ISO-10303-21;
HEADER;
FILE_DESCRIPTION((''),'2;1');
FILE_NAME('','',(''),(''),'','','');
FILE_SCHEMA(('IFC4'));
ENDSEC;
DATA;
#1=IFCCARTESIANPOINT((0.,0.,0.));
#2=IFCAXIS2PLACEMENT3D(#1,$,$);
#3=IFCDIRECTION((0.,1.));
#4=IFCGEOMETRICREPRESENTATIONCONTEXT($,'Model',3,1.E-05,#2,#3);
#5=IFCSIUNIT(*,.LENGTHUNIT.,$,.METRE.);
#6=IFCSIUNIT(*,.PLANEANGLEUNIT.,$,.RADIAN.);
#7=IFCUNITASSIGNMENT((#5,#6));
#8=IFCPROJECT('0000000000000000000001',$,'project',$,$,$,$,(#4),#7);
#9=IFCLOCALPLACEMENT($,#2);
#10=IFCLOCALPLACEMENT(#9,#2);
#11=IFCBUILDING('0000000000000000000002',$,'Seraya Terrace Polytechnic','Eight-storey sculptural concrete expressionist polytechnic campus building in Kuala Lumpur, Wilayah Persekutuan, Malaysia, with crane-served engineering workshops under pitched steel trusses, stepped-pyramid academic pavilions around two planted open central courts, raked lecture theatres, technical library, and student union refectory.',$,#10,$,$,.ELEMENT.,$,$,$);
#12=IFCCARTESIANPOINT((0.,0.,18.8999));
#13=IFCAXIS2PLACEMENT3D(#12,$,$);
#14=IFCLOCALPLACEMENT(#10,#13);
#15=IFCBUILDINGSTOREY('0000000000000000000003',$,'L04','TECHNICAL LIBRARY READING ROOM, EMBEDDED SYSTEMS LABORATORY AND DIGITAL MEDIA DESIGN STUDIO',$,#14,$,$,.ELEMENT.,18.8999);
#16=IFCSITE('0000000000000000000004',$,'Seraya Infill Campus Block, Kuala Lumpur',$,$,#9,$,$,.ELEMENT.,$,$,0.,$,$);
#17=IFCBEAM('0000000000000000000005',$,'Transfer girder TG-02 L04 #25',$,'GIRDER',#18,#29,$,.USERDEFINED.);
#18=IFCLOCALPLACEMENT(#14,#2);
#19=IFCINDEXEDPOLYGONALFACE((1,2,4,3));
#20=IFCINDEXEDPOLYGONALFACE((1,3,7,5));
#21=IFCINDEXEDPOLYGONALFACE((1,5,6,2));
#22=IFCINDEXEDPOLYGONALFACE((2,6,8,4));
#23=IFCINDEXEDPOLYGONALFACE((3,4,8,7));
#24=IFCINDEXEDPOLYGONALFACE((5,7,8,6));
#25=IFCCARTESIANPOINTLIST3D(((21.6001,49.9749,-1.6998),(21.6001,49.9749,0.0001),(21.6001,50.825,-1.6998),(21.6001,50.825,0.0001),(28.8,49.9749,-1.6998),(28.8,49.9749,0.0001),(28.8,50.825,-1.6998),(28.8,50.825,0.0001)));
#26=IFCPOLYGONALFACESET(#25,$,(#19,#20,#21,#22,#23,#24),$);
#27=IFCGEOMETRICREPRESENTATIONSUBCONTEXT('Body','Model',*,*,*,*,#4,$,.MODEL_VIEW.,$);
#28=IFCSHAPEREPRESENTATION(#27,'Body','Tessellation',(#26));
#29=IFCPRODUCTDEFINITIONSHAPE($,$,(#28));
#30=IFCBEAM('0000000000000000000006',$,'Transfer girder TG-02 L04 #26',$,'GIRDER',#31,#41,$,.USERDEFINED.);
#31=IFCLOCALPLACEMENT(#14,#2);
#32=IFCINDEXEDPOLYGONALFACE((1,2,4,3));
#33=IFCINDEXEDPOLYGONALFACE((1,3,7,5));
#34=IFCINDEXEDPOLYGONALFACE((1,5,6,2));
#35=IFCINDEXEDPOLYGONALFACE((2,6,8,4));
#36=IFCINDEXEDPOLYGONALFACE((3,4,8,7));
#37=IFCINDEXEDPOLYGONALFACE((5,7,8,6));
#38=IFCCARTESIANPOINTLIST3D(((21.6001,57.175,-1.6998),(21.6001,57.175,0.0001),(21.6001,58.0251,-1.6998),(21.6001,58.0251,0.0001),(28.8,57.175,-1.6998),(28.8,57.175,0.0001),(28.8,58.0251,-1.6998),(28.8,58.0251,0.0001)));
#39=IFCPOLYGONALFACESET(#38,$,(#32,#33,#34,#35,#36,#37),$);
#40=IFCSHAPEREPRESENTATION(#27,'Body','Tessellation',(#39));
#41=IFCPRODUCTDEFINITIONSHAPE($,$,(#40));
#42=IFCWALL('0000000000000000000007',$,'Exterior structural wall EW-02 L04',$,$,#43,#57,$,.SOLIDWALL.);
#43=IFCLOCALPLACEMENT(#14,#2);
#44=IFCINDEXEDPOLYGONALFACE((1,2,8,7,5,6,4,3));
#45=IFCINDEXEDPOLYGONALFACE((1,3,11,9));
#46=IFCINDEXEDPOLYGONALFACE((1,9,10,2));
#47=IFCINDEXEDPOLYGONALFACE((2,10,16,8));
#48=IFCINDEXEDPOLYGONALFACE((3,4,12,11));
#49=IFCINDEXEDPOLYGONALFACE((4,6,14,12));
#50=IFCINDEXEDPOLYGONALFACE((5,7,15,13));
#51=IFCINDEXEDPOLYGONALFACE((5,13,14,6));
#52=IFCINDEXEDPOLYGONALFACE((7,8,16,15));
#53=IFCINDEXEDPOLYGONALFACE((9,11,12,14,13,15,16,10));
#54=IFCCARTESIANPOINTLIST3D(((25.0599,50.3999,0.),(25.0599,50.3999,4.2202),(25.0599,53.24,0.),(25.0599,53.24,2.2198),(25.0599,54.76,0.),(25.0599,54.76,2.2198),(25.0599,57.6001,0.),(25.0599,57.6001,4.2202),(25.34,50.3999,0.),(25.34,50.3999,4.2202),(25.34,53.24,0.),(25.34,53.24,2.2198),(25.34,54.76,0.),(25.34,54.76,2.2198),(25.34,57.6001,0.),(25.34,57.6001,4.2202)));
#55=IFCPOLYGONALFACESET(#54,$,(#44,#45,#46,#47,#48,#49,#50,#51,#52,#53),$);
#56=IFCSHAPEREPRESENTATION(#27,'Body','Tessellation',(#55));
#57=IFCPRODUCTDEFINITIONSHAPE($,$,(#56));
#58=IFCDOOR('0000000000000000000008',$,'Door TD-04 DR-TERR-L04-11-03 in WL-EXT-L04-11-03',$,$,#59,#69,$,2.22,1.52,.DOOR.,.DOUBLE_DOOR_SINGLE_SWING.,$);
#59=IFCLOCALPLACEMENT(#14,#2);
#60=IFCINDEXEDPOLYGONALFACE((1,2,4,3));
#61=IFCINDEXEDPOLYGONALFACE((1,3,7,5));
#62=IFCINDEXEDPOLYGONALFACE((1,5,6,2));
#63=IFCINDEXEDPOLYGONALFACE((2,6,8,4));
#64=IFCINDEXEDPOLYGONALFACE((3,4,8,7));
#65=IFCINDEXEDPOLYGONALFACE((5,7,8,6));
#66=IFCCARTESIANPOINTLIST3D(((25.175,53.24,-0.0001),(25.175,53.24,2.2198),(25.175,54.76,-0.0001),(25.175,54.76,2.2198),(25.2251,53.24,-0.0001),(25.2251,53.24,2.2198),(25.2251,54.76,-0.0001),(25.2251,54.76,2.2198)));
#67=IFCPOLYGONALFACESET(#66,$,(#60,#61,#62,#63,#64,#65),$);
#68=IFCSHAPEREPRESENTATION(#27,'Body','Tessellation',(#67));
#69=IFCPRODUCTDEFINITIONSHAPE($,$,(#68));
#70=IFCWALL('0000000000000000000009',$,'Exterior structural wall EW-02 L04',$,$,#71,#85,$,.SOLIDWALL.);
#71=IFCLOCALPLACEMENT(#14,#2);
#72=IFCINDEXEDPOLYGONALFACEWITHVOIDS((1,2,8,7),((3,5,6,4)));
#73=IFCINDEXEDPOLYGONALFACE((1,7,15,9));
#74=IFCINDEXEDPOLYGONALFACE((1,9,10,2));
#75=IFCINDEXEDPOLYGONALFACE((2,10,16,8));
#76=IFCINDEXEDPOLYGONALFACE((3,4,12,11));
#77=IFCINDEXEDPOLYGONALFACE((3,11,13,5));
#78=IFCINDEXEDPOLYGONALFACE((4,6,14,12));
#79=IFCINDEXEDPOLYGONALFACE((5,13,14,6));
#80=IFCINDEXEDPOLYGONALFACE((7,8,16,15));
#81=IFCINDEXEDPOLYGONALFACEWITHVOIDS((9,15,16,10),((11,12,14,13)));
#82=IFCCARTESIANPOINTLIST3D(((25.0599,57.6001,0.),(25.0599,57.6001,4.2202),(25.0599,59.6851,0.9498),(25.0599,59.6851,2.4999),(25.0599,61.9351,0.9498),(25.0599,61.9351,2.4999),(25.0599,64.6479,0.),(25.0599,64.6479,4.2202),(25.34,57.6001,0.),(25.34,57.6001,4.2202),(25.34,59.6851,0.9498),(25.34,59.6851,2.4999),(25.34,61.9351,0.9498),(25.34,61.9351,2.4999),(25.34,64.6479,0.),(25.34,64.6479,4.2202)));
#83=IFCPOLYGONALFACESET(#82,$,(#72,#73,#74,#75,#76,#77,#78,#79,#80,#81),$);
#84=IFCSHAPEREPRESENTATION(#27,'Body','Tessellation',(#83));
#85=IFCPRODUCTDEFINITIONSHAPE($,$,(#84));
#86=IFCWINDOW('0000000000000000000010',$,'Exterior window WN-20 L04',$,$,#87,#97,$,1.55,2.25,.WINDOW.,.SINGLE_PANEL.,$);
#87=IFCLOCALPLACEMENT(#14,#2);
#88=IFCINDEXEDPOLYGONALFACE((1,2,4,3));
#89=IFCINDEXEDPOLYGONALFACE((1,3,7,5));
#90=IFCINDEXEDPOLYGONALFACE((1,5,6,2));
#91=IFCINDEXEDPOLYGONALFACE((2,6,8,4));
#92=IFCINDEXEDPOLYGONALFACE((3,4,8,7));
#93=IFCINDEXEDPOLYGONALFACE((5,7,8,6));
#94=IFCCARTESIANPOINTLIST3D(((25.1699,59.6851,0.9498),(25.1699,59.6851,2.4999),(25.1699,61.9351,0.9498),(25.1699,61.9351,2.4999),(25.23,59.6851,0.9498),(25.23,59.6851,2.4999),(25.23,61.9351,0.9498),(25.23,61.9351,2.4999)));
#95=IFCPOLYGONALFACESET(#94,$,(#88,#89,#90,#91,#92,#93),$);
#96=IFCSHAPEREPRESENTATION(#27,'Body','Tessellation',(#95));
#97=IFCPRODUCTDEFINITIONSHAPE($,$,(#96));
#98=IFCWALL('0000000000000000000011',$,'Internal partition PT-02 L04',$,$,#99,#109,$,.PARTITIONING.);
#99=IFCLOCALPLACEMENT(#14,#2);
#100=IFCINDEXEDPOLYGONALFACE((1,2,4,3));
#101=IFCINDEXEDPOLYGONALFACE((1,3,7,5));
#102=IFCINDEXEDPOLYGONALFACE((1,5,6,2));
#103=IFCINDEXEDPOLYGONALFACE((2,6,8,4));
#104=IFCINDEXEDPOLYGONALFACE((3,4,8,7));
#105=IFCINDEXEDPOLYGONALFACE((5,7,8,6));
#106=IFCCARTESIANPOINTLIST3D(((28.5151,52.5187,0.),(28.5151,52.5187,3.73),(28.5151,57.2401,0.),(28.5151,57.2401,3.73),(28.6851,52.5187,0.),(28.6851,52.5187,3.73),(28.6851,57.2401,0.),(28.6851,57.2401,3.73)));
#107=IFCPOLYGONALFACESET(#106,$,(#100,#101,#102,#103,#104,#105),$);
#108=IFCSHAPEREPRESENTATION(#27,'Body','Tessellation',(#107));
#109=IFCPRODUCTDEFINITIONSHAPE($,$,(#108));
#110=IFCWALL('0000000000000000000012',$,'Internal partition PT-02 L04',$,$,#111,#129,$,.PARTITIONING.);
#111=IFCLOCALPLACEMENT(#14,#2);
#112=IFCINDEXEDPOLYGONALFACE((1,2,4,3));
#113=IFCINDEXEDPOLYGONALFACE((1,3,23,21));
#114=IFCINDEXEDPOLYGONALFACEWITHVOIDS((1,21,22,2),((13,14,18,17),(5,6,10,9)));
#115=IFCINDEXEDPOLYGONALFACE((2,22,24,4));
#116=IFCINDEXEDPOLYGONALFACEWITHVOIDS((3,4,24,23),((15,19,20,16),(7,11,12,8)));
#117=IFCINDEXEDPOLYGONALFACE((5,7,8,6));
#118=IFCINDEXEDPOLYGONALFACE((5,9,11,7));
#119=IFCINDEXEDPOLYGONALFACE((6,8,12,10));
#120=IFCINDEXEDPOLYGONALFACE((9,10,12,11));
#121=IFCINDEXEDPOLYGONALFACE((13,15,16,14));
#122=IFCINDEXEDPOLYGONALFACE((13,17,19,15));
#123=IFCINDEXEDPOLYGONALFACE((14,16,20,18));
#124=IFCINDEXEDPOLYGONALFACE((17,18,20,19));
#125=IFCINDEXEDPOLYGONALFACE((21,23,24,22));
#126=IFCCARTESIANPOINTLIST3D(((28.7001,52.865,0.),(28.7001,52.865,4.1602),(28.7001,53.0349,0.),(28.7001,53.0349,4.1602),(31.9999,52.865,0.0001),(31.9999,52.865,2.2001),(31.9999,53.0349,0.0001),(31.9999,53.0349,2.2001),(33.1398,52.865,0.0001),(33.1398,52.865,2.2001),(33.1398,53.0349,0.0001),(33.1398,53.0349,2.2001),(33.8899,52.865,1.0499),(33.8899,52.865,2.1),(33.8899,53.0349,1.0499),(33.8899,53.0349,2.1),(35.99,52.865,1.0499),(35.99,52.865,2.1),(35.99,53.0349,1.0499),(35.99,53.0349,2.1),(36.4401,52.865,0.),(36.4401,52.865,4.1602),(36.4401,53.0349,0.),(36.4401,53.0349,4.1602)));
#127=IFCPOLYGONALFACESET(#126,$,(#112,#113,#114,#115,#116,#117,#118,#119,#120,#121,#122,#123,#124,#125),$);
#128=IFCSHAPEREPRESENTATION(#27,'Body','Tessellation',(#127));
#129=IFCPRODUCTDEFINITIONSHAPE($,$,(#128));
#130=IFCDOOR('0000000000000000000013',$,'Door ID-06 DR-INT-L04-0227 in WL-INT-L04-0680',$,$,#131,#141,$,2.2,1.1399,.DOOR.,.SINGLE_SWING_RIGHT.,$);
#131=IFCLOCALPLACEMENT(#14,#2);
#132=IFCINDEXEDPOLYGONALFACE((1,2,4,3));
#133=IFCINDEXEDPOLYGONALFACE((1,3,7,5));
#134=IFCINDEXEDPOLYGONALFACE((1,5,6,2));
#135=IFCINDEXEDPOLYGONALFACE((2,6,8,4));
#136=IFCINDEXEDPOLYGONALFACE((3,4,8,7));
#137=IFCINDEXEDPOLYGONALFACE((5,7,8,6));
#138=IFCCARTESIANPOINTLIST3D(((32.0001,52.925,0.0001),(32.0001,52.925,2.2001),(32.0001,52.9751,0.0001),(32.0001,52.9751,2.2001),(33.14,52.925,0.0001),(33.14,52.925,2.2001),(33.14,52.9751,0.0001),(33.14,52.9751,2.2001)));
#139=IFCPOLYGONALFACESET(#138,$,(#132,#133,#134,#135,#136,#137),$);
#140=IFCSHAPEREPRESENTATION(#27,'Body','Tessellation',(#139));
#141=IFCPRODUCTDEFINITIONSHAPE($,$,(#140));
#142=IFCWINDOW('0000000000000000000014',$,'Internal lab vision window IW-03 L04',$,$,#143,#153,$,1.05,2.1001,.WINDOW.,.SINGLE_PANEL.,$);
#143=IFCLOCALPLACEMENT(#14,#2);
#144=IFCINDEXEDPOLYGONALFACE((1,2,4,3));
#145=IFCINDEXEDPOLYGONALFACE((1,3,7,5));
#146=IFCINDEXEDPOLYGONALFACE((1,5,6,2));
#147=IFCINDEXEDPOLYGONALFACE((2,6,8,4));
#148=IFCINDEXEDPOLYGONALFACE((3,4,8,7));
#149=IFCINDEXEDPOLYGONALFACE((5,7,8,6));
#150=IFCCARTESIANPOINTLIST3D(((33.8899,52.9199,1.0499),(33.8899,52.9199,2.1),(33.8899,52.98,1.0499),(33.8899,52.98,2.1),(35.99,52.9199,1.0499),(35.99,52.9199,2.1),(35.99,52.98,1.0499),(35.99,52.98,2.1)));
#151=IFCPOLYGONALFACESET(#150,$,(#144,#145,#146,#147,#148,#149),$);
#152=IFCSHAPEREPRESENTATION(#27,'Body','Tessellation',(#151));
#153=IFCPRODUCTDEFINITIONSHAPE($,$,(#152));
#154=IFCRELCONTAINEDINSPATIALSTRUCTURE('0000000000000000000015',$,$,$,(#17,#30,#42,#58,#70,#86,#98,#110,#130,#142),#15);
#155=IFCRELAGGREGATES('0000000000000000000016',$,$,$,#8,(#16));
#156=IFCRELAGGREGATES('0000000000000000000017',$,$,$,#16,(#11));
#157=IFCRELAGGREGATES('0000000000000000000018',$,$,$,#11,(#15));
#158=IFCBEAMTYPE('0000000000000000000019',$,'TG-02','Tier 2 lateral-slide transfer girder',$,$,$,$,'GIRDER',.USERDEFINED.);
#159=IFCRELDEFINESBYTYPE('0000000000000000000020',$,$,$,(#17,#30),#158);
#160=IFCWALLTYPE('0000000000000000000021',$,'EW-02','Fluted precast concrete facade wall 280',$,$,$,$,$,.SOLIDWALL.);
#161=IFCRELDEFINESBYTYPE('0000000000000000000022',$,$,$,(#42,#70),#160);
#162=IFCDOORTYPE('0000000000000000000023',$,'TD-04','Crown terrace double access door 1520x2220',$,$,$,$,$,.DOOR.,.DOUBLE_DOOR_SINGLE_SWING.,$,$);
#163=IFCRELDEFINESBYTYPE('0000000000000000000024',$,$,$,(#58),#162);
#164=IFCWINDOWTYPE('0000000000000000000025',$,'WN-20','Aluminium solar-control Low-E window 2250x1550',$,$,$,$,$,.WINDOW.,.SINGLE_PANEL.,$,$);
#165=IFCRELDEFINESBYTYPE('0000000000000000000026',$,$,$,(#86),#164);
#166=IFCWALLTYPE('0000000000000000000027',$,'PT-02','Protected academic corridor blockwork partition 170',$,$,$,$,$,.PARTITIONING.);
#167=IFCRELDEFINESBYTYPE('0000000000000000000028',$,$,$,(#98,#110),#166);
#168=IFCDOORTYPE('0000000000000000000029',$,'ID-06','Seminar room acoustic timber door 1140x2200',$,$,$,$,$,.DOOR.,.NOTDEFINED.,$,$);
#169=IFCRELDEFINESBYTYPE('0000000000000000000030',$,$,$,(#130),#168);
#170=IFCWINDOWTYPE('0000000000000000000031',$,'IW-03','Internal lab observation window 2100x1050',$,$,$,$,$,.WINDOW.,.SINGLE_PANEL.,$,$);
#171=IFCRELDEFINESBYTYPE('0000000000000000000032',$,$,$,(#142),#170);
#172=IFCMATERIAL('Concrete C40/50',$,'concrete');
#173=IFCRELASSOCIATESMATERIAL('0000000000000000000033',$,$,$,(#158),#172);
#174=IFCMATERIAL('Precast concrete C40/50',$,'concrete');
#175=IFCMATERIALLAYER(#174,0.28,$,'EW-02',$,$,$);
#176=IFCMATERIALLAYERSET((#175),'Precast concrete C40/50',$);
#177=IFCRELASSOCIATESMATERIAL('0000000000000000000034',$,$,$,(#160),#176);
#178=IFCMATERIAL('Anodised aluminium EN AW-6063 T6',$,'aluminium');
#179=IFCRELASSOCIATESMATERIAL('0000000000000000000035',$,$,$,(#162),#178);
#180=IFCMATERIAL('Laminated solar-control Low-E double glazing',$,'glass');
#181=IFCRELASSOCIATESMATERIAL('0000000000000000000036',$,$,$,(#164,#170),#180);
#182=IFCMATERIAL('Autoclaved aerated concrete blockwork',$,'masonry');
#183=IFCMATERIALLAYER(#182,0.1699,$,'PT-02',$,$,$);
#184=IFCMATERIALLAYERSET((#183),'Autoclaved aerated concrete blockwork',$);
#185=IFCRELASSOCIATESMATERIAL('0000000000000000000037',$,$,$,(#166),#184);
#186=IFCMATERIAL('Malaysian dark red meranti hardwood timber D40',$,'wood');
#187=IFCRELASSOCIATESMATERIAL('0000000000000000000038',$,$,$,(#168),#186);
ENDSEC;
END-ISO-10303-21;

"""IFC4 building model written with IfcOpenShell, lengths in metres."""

from ifc_helpers import new_model, si_unit, direction, frame, frame_2d, origin, origin_2d, place, context, subcontext, project, spatial, rectangle, extrude, material, layer, layer_set, material_profile, profile_set, type_object, element, fill, save


model = new_model("IFC4")

# Units and contexts
model_context = context("Model", 3, precision=1e-05, world=origin(), true_north=direction((0.0, 1.0)))
body_context = subcontext(model_context, "Body", "Model", "MODEL_VIEW")
ifc_project = project(units=[si_unit("LENGTHUNIT", "METRE"), si_unit("PLANEANGLEUNIT", "RADIAN")], contexts=[model_context])

# Site, building, storey
site_placement = place(None, origin())
site = spatial("IfcSite", under=ifc_project, at=site_placement, Name="Seraya Infill Campus Block, Kuala Lumpur", CompositionType="ELEMENT", RefElevation=0.0)
building_placement = place(site_placement, origin())
building = spatial("IfcBuilding", under=site, at=building_placement, Name="Seraya Terrace Polytechnic", Description="Eight-storey sculptural concrete expressionist polytechnic campus building in Kuala Lumpur, Wilayah Persekutuan, Malaysia, with crane-served engineering workshops under pitched steel trusses, stepped-pyramid academic pavilions around two planted open central courts, raked lecture theatres, technical library, and student union refectory.", CompositionType="ELEMENT")
storey_placement = place(building_placement, frame((0.0, 0.0, 18.8999)))
storey = spatial("IfcBuildingStorey", under=building, at=storey_placement, Name="L04", Description="TECHNICAL LIBRARY READING ROOM, EMBEDDED SYSTEMS LABORATORY AND DIGITAL MEDIA DESIGN STUDIO", CompositionType="ELEMENT", Elevation=18.8999)

# Shared definitions
ifc_material_1 = material(Name="Concrete C40/50", Category="concrete")

# Beams
ifc_material_profile_1 = material_profile(ifc_material_1, rectangle(XDim=0.8501, YDim=1.7, at=origin_2d()), Name="RC 850x1700")
ifc_profile_set_1 = profile_set([ifc_material_profile_1], Name="Concrete C40/50")
beam_type_1 = type_object("IfcBeamType", Name="TG-02", Description="Tier 2 lateral-slide transfer girder", ElementType="GIRDER", PredefinedType="USERDEFINED", material=ifc_profile_set_1)
for number, where, z_axis, x_axis, name in (
    (1, (21.6001, 50.3999, -0.8499), (1.0, 0.0, 0.0), (0.0, 1.0, 0.0), "Transfer girder TG-02 L04 #25"),
    (2, (21.6001, 57.6001, -0.8499), (1.0, 0.0, 0.0), (0.0, 1.0, 0.0), "Transfer girder TG-02 L04 #26"),
):
    element("IfcBeam", number, at=place(storey_placement, frame(where, z_axis=z_axis, x_axis=x_axis)), inside=storey, type_object=beam_type_1, Name=name, ObjectType="GIRDER", PredefinedType="USERDEFINED", context=body_context, shape_type="SweptSolid", body=[
        extrude(rectangle(XDim=0.8501, YDim=1.7, at=origin_2d()), origin(), (0.0, 0.0, 1.0), 7.2),
    ])

# Wall, opening, door
ifc_material_2 = material(Name="Precast concrete C40/50", Category="concrete")
ifc_layer_1 = layer(ifc_material_2, 0.28, Name="EW-02")
ifc_layer_set_1 = layer_set([ifc_layer_1], Name="Precast concrete C40/50")
wall_type_1 = type_object("IfcWallType", Name="EW-02", Description="Fluted precast concrete facade wall 280", PredefinedType="SOLIDWALL", material=ifc_layer_set_1)
wall_1_placement = place(storey_placement, frame((25.2, 50.3999, 0.0), z_axis=(0.0, 0.0, 1.0), x_axis=(0.0, 1.0, 0.0)))
wall_1 = element("IfcWall", 3, at=wall_1_placement, inside=storey, type_object=wall_type_1, Name="Exterior structural wall EW-02 L04", PredefinedType="SOLIDWALL", context=body_context, shape_type="SweptSolid", body=[
    extrude(rectangle(XDim=7.2002, YDim=0.28, at=frame_2d((3.6001, 0.0))), origin(), (0.0, 0.0, 1.0), 4.2202),
])
opening_1_placement = place(wall_1_placement, frame((2.8401, 0.0, 0.0)))
opening_1 = element("IfcOpeningElement", 4, at=opening_1_placement, cuts=wall_1, PredefinedType="OPENING", context=body_context, shape_type="SweptSolid", body=[
    extrude(rectangle(XDim=1.52, YDim=2.22, at=frame_2d((0.76, 1.1099))), frame((0.0, 0.1519, 0.0), z_axis=(0.0, -1.0, 0.0), x_axis=(1.0, 0.0, 0.0)), (0.0, 0.0, 1.0), 0.304),
])
ifc_material_3 = material(Name="Anodised aluminium EN AW-6063 T6", Category="aluminium")
door_type_1 = type_object("IfcDoorType", Name="TD-04", Description="Crown terrace double access door 1520x2220", OperationType="DOUBLE_DOOR_SINGLE_SWING", PredefinedType="DOOR", material=ifc_material_3)
door_1_placement = place(opening_1_placement, origin())
door_1 = element("IfcDoor", 5, at=door_1_placement, inside=storey, type_object=door_type_1, Name="Door TD-04 DR-TERR-L04-11-03 in WL-EXT-L04-11-03", OperationType="DOUBLE_DOOR_SINGLE_SWING", OverallHeight=2.22, OverallWidth=1.52, PredefinedType="DOOR", context=body_context, shape_type="SweptSolid", body=[
    extrude(rectangle(XDim=1.52, YDim=2.22, at=frame_2d((0.76, 1.1099))), frame((0.0, 0.0249, 0.0), z_axis=(0.0, -1.0, 0.0), x_axis=(1.0, 0.0, 0.0)), (0.0, 0.0, 1.0), 0.05),
])
fill(opening_1, door_1)

# Wall, opening, window
wall_2_placement = place(storey_placement, frame((25.2, 57.6001, 0.0), z_axis=(0.0, 0.0, 1.0), x_axis=(0.0, 1.0, 0.0)))
wall_2 = element("IfcWall", 6, at=wall_2_placement, inside=storey, type_object=wall_type_1, Name="Exterior structural wall EW-02 L04", PredefinedType="SOLIDWALL", context=body_context, shape_type="SweptSolid", body=[
    extrude(rectangle(XDim=7.0479, YDim=0.28, at=frame_2d((3.5239, 0.0))), origin(), (0.0, 0.0, 1.0), 4.2202),
])
opening_2_placement = place(wall_2_placement, frame((2.085, 0.0, 0.95)))
opening_2 = element("IfcOpeningElement", 7, at=opening_2_placement, cuts=wall_2, PredefinedType="OPENING", context=body_context, shape_type="SweptSolid", body=[
    extrude(rectangle(XDim=2.25, YDim=1.55, at=frame_2d((1.125, 0.7749))), frame((0.0, 0.1519, 0.0), z_axis=(0.0, -1.0, 0.0), x_axis=(1.0, 0.0, 0.0)), (0.0, 0.0, 1.0), 0.304),
])
ifc_material_4 = material(Name="Laminated solar-control Low-E double glazing", Category="glass")
window_type_1 = type_object("IfcWindowType", Name="WN-20", Description="Aluminium solar-control Low-E window 2250x1550", PartitioningType="SINGLE_PANEL", PredefinedType="WINDOW", material=ifc_material_4)
window_1_placement = place(opening_2_placement, origin())
window_1 = element("IfcWindow", 8, at=window_1_placement, inside=storey, type_object=window_type_1, Name="Exterior window WN-20 L04", OverallHeight=1.55, OverallWidth=2.25, PartitioningType="SINGLE_PANEL", PredefinedType="WINDOW", context=body_context, shape_type="SweptSolid", body=[
    extrude(rectangle(XDim=2.25, YDim=1.55, at=frame_2d((1.125, 0.7749))), frame((0.0, 0.03, 0.0), z_axis=(0.0, -1.0, 0.0), x_axis=(1.0, 0.0, 0.0)), (0.0, 0.0, 1.0), 0.0601),
])
fill(opening_2, window_1)

# Wall
ifc_material_5 = material(Name="Autoclaved aerated concrete blockwork", Category="masonry")
ifc_layer_2 = layer(ifc_material_5, 0.1699, Name="PT-02")
ifc_layer_set_2 = layer_set([ifc_layer_2], Name="Autoclaved aerated concrete blockwork")
wall_type_2 = type_object("IfcWallType", Name="PT-02", Description="Protected academic corridor blockwork partition 170", PredefinedType="PARTITIONING", material=ifc_layer_set_2)
wall_3_placement = place(storey_placement, frame((28.6001, 52.5186, 0.0), z_axis=(0.0, 0.0, 1.0), x_axis=(0.0, 1.0, 0.0)))
element("IfcWall", 9, at=wall_3_placement, inside=storey, type_object=wall_type_2, Name="Internal partition PT-02 L04", PredefinedType="PARTITIONING", context=body_context, shape_type="SweptSolid", body=[
    extrude(rectangle(XDim=4.7214, YDim=0.1699, at=frame_2d((2.3608, 0.0))), origin(), (0.0, 0.0, 1.0), 3.73),
])

# Wall, openings, door, window
wall_4_placement = place(storey_placement, frame((28.7, 52.95, 0.0), z_axis=(0.0, 0.0, 1.0), x_axis=(1.0, 0.0, 0.0)))
wall_4 = element("IfcWall", 10, at=wall_4_placement, inside=storey, type_object=wall_type_2, Name="Internal partition PT-02 L04", PredefinedType="PARTITIONING", context=body_context, shape_type="SweptSolid", body=[
    extrude(rectangle(XDim=7.74, YDim=0.1699, at=frame_2d((3.8701, 0.0))), origin(), (0.0, 0.0, 1.0), 4.1602),
])
opening_3_placement = place(wall_4_placement, frame((3.3, 0.0, 0.0)))
opening_3 = element("IfcOpeningElement", 11, at=opening_3_placement, cuts=wall_4, PredefinedType="OPENING", context=body_context, shape_type="SweptSolid", body=[
    extrude(rectangle(XDim=1.1399, YDim=2.2, at=frame_2d((0.5698, 1.1001))), frame((0.0, 0.0969, 0.0), z_axis=(0.0, -1.0, 0.0), x_axis=(1.0, 0.0, 0.0)), (0.0, 0.0, 1.0), 0.1938),
])
opening_4_placement = place(wall_4_placement, frame((5.1899, 0.0, 1.05)))
opening_4 = element("IfcOpeningElement", 12, at=opening_4_placement, cuts=wall_4, PredefinedType="OPENING", context=body_context, shape_type="SweptSolid", body=[
    extrude(rectangle(XDim=2.1001, YDim=1.05, at=frame_2d((1.05, 0.5249))), frame((0.0, 0.0969, 0.0), z_axis=(0.0, -1.0, 0.0), x_axis=(1.0, 0.0, 0.0)), (0.0, 0.0, 1.0), 0.1938),
])
ifc_material_6 = material(Name="Malaysian dark red meranti hardwood timber D40", Category="wood")
door_type_2 = type_object("IfcDoorType", Name="ID-06", Description="Seminar room acoustic timber door 1140x2200", OperationType="NOTDEFINED", PredefinedType="DOOR", material=ifc_material_6)
door_2_placement = place(opening_3_placement, frame((1.1399, 0.0, 0.0), z_axis=(0.0, 0.0, 1.0), x_axis=(-1.0, 0.0, 0.0)))
door_2 = element("IfcDoor", 13, at=door_2_placement, inside=storey, type_object=door_type_2, Name="Door ID-06 DR-INT-L04-0227 in WL-INT-L04-0680", OperationType="SINGLE_SWING_RIGHT", OverallHeight=2.2, OverallWidth=1.1399, PredefinedType="DOOR", context=body_context, shape_type="SweptSolid", body=[
    extrude(rectangle(XDim=1.1399, YDim=2.2, at=frame_2d((0.5698, 1.1001))), frame((0.0, 0.0249, 0.0), z_axis=(0.0, -1.0, 0.0), x_axis=(1.0, 0.0, 0.0)), (0.0, 0.0, 1.0), 0.05),
])
fill(opening_3, door_2)
window_type_2 = type_object("IfcWindowType", Name="IW-03", Description="Internal lab observation window 2100x1050", PartitioningType="SINGLE_PANEL", PredefinedType="WINDOW", material=ifc_material_4)
window_2_placement = place(opening_4_placement, origin())
window_2 = element("IfcWindow", 14, at=window_2_placement, inside=storey, type_object=window_type_2, Name="Internal lab vision window IW-03 L04", OverallHeight=1.05, OverallWidth=2.1001, PartitioningType="SINGLE_PANEL", PredefinedType="WINDOW", context=body_context, shape_type="SweptSolid", body=[
    extrude(rectangle(XDim=2.1001, YDim=1.05, at=frame_2d((1.05, 0.5249))), frame((0.0, 0.03, 0.0), z_axis=(0.0, -1.0, 0.0), x_axis=(1.0, 0.0, 0.0)), (0.0, 0.0, 1.0), 0.0601),
])
fill(opening_4, window_2)

save(model, "model.ifc")
